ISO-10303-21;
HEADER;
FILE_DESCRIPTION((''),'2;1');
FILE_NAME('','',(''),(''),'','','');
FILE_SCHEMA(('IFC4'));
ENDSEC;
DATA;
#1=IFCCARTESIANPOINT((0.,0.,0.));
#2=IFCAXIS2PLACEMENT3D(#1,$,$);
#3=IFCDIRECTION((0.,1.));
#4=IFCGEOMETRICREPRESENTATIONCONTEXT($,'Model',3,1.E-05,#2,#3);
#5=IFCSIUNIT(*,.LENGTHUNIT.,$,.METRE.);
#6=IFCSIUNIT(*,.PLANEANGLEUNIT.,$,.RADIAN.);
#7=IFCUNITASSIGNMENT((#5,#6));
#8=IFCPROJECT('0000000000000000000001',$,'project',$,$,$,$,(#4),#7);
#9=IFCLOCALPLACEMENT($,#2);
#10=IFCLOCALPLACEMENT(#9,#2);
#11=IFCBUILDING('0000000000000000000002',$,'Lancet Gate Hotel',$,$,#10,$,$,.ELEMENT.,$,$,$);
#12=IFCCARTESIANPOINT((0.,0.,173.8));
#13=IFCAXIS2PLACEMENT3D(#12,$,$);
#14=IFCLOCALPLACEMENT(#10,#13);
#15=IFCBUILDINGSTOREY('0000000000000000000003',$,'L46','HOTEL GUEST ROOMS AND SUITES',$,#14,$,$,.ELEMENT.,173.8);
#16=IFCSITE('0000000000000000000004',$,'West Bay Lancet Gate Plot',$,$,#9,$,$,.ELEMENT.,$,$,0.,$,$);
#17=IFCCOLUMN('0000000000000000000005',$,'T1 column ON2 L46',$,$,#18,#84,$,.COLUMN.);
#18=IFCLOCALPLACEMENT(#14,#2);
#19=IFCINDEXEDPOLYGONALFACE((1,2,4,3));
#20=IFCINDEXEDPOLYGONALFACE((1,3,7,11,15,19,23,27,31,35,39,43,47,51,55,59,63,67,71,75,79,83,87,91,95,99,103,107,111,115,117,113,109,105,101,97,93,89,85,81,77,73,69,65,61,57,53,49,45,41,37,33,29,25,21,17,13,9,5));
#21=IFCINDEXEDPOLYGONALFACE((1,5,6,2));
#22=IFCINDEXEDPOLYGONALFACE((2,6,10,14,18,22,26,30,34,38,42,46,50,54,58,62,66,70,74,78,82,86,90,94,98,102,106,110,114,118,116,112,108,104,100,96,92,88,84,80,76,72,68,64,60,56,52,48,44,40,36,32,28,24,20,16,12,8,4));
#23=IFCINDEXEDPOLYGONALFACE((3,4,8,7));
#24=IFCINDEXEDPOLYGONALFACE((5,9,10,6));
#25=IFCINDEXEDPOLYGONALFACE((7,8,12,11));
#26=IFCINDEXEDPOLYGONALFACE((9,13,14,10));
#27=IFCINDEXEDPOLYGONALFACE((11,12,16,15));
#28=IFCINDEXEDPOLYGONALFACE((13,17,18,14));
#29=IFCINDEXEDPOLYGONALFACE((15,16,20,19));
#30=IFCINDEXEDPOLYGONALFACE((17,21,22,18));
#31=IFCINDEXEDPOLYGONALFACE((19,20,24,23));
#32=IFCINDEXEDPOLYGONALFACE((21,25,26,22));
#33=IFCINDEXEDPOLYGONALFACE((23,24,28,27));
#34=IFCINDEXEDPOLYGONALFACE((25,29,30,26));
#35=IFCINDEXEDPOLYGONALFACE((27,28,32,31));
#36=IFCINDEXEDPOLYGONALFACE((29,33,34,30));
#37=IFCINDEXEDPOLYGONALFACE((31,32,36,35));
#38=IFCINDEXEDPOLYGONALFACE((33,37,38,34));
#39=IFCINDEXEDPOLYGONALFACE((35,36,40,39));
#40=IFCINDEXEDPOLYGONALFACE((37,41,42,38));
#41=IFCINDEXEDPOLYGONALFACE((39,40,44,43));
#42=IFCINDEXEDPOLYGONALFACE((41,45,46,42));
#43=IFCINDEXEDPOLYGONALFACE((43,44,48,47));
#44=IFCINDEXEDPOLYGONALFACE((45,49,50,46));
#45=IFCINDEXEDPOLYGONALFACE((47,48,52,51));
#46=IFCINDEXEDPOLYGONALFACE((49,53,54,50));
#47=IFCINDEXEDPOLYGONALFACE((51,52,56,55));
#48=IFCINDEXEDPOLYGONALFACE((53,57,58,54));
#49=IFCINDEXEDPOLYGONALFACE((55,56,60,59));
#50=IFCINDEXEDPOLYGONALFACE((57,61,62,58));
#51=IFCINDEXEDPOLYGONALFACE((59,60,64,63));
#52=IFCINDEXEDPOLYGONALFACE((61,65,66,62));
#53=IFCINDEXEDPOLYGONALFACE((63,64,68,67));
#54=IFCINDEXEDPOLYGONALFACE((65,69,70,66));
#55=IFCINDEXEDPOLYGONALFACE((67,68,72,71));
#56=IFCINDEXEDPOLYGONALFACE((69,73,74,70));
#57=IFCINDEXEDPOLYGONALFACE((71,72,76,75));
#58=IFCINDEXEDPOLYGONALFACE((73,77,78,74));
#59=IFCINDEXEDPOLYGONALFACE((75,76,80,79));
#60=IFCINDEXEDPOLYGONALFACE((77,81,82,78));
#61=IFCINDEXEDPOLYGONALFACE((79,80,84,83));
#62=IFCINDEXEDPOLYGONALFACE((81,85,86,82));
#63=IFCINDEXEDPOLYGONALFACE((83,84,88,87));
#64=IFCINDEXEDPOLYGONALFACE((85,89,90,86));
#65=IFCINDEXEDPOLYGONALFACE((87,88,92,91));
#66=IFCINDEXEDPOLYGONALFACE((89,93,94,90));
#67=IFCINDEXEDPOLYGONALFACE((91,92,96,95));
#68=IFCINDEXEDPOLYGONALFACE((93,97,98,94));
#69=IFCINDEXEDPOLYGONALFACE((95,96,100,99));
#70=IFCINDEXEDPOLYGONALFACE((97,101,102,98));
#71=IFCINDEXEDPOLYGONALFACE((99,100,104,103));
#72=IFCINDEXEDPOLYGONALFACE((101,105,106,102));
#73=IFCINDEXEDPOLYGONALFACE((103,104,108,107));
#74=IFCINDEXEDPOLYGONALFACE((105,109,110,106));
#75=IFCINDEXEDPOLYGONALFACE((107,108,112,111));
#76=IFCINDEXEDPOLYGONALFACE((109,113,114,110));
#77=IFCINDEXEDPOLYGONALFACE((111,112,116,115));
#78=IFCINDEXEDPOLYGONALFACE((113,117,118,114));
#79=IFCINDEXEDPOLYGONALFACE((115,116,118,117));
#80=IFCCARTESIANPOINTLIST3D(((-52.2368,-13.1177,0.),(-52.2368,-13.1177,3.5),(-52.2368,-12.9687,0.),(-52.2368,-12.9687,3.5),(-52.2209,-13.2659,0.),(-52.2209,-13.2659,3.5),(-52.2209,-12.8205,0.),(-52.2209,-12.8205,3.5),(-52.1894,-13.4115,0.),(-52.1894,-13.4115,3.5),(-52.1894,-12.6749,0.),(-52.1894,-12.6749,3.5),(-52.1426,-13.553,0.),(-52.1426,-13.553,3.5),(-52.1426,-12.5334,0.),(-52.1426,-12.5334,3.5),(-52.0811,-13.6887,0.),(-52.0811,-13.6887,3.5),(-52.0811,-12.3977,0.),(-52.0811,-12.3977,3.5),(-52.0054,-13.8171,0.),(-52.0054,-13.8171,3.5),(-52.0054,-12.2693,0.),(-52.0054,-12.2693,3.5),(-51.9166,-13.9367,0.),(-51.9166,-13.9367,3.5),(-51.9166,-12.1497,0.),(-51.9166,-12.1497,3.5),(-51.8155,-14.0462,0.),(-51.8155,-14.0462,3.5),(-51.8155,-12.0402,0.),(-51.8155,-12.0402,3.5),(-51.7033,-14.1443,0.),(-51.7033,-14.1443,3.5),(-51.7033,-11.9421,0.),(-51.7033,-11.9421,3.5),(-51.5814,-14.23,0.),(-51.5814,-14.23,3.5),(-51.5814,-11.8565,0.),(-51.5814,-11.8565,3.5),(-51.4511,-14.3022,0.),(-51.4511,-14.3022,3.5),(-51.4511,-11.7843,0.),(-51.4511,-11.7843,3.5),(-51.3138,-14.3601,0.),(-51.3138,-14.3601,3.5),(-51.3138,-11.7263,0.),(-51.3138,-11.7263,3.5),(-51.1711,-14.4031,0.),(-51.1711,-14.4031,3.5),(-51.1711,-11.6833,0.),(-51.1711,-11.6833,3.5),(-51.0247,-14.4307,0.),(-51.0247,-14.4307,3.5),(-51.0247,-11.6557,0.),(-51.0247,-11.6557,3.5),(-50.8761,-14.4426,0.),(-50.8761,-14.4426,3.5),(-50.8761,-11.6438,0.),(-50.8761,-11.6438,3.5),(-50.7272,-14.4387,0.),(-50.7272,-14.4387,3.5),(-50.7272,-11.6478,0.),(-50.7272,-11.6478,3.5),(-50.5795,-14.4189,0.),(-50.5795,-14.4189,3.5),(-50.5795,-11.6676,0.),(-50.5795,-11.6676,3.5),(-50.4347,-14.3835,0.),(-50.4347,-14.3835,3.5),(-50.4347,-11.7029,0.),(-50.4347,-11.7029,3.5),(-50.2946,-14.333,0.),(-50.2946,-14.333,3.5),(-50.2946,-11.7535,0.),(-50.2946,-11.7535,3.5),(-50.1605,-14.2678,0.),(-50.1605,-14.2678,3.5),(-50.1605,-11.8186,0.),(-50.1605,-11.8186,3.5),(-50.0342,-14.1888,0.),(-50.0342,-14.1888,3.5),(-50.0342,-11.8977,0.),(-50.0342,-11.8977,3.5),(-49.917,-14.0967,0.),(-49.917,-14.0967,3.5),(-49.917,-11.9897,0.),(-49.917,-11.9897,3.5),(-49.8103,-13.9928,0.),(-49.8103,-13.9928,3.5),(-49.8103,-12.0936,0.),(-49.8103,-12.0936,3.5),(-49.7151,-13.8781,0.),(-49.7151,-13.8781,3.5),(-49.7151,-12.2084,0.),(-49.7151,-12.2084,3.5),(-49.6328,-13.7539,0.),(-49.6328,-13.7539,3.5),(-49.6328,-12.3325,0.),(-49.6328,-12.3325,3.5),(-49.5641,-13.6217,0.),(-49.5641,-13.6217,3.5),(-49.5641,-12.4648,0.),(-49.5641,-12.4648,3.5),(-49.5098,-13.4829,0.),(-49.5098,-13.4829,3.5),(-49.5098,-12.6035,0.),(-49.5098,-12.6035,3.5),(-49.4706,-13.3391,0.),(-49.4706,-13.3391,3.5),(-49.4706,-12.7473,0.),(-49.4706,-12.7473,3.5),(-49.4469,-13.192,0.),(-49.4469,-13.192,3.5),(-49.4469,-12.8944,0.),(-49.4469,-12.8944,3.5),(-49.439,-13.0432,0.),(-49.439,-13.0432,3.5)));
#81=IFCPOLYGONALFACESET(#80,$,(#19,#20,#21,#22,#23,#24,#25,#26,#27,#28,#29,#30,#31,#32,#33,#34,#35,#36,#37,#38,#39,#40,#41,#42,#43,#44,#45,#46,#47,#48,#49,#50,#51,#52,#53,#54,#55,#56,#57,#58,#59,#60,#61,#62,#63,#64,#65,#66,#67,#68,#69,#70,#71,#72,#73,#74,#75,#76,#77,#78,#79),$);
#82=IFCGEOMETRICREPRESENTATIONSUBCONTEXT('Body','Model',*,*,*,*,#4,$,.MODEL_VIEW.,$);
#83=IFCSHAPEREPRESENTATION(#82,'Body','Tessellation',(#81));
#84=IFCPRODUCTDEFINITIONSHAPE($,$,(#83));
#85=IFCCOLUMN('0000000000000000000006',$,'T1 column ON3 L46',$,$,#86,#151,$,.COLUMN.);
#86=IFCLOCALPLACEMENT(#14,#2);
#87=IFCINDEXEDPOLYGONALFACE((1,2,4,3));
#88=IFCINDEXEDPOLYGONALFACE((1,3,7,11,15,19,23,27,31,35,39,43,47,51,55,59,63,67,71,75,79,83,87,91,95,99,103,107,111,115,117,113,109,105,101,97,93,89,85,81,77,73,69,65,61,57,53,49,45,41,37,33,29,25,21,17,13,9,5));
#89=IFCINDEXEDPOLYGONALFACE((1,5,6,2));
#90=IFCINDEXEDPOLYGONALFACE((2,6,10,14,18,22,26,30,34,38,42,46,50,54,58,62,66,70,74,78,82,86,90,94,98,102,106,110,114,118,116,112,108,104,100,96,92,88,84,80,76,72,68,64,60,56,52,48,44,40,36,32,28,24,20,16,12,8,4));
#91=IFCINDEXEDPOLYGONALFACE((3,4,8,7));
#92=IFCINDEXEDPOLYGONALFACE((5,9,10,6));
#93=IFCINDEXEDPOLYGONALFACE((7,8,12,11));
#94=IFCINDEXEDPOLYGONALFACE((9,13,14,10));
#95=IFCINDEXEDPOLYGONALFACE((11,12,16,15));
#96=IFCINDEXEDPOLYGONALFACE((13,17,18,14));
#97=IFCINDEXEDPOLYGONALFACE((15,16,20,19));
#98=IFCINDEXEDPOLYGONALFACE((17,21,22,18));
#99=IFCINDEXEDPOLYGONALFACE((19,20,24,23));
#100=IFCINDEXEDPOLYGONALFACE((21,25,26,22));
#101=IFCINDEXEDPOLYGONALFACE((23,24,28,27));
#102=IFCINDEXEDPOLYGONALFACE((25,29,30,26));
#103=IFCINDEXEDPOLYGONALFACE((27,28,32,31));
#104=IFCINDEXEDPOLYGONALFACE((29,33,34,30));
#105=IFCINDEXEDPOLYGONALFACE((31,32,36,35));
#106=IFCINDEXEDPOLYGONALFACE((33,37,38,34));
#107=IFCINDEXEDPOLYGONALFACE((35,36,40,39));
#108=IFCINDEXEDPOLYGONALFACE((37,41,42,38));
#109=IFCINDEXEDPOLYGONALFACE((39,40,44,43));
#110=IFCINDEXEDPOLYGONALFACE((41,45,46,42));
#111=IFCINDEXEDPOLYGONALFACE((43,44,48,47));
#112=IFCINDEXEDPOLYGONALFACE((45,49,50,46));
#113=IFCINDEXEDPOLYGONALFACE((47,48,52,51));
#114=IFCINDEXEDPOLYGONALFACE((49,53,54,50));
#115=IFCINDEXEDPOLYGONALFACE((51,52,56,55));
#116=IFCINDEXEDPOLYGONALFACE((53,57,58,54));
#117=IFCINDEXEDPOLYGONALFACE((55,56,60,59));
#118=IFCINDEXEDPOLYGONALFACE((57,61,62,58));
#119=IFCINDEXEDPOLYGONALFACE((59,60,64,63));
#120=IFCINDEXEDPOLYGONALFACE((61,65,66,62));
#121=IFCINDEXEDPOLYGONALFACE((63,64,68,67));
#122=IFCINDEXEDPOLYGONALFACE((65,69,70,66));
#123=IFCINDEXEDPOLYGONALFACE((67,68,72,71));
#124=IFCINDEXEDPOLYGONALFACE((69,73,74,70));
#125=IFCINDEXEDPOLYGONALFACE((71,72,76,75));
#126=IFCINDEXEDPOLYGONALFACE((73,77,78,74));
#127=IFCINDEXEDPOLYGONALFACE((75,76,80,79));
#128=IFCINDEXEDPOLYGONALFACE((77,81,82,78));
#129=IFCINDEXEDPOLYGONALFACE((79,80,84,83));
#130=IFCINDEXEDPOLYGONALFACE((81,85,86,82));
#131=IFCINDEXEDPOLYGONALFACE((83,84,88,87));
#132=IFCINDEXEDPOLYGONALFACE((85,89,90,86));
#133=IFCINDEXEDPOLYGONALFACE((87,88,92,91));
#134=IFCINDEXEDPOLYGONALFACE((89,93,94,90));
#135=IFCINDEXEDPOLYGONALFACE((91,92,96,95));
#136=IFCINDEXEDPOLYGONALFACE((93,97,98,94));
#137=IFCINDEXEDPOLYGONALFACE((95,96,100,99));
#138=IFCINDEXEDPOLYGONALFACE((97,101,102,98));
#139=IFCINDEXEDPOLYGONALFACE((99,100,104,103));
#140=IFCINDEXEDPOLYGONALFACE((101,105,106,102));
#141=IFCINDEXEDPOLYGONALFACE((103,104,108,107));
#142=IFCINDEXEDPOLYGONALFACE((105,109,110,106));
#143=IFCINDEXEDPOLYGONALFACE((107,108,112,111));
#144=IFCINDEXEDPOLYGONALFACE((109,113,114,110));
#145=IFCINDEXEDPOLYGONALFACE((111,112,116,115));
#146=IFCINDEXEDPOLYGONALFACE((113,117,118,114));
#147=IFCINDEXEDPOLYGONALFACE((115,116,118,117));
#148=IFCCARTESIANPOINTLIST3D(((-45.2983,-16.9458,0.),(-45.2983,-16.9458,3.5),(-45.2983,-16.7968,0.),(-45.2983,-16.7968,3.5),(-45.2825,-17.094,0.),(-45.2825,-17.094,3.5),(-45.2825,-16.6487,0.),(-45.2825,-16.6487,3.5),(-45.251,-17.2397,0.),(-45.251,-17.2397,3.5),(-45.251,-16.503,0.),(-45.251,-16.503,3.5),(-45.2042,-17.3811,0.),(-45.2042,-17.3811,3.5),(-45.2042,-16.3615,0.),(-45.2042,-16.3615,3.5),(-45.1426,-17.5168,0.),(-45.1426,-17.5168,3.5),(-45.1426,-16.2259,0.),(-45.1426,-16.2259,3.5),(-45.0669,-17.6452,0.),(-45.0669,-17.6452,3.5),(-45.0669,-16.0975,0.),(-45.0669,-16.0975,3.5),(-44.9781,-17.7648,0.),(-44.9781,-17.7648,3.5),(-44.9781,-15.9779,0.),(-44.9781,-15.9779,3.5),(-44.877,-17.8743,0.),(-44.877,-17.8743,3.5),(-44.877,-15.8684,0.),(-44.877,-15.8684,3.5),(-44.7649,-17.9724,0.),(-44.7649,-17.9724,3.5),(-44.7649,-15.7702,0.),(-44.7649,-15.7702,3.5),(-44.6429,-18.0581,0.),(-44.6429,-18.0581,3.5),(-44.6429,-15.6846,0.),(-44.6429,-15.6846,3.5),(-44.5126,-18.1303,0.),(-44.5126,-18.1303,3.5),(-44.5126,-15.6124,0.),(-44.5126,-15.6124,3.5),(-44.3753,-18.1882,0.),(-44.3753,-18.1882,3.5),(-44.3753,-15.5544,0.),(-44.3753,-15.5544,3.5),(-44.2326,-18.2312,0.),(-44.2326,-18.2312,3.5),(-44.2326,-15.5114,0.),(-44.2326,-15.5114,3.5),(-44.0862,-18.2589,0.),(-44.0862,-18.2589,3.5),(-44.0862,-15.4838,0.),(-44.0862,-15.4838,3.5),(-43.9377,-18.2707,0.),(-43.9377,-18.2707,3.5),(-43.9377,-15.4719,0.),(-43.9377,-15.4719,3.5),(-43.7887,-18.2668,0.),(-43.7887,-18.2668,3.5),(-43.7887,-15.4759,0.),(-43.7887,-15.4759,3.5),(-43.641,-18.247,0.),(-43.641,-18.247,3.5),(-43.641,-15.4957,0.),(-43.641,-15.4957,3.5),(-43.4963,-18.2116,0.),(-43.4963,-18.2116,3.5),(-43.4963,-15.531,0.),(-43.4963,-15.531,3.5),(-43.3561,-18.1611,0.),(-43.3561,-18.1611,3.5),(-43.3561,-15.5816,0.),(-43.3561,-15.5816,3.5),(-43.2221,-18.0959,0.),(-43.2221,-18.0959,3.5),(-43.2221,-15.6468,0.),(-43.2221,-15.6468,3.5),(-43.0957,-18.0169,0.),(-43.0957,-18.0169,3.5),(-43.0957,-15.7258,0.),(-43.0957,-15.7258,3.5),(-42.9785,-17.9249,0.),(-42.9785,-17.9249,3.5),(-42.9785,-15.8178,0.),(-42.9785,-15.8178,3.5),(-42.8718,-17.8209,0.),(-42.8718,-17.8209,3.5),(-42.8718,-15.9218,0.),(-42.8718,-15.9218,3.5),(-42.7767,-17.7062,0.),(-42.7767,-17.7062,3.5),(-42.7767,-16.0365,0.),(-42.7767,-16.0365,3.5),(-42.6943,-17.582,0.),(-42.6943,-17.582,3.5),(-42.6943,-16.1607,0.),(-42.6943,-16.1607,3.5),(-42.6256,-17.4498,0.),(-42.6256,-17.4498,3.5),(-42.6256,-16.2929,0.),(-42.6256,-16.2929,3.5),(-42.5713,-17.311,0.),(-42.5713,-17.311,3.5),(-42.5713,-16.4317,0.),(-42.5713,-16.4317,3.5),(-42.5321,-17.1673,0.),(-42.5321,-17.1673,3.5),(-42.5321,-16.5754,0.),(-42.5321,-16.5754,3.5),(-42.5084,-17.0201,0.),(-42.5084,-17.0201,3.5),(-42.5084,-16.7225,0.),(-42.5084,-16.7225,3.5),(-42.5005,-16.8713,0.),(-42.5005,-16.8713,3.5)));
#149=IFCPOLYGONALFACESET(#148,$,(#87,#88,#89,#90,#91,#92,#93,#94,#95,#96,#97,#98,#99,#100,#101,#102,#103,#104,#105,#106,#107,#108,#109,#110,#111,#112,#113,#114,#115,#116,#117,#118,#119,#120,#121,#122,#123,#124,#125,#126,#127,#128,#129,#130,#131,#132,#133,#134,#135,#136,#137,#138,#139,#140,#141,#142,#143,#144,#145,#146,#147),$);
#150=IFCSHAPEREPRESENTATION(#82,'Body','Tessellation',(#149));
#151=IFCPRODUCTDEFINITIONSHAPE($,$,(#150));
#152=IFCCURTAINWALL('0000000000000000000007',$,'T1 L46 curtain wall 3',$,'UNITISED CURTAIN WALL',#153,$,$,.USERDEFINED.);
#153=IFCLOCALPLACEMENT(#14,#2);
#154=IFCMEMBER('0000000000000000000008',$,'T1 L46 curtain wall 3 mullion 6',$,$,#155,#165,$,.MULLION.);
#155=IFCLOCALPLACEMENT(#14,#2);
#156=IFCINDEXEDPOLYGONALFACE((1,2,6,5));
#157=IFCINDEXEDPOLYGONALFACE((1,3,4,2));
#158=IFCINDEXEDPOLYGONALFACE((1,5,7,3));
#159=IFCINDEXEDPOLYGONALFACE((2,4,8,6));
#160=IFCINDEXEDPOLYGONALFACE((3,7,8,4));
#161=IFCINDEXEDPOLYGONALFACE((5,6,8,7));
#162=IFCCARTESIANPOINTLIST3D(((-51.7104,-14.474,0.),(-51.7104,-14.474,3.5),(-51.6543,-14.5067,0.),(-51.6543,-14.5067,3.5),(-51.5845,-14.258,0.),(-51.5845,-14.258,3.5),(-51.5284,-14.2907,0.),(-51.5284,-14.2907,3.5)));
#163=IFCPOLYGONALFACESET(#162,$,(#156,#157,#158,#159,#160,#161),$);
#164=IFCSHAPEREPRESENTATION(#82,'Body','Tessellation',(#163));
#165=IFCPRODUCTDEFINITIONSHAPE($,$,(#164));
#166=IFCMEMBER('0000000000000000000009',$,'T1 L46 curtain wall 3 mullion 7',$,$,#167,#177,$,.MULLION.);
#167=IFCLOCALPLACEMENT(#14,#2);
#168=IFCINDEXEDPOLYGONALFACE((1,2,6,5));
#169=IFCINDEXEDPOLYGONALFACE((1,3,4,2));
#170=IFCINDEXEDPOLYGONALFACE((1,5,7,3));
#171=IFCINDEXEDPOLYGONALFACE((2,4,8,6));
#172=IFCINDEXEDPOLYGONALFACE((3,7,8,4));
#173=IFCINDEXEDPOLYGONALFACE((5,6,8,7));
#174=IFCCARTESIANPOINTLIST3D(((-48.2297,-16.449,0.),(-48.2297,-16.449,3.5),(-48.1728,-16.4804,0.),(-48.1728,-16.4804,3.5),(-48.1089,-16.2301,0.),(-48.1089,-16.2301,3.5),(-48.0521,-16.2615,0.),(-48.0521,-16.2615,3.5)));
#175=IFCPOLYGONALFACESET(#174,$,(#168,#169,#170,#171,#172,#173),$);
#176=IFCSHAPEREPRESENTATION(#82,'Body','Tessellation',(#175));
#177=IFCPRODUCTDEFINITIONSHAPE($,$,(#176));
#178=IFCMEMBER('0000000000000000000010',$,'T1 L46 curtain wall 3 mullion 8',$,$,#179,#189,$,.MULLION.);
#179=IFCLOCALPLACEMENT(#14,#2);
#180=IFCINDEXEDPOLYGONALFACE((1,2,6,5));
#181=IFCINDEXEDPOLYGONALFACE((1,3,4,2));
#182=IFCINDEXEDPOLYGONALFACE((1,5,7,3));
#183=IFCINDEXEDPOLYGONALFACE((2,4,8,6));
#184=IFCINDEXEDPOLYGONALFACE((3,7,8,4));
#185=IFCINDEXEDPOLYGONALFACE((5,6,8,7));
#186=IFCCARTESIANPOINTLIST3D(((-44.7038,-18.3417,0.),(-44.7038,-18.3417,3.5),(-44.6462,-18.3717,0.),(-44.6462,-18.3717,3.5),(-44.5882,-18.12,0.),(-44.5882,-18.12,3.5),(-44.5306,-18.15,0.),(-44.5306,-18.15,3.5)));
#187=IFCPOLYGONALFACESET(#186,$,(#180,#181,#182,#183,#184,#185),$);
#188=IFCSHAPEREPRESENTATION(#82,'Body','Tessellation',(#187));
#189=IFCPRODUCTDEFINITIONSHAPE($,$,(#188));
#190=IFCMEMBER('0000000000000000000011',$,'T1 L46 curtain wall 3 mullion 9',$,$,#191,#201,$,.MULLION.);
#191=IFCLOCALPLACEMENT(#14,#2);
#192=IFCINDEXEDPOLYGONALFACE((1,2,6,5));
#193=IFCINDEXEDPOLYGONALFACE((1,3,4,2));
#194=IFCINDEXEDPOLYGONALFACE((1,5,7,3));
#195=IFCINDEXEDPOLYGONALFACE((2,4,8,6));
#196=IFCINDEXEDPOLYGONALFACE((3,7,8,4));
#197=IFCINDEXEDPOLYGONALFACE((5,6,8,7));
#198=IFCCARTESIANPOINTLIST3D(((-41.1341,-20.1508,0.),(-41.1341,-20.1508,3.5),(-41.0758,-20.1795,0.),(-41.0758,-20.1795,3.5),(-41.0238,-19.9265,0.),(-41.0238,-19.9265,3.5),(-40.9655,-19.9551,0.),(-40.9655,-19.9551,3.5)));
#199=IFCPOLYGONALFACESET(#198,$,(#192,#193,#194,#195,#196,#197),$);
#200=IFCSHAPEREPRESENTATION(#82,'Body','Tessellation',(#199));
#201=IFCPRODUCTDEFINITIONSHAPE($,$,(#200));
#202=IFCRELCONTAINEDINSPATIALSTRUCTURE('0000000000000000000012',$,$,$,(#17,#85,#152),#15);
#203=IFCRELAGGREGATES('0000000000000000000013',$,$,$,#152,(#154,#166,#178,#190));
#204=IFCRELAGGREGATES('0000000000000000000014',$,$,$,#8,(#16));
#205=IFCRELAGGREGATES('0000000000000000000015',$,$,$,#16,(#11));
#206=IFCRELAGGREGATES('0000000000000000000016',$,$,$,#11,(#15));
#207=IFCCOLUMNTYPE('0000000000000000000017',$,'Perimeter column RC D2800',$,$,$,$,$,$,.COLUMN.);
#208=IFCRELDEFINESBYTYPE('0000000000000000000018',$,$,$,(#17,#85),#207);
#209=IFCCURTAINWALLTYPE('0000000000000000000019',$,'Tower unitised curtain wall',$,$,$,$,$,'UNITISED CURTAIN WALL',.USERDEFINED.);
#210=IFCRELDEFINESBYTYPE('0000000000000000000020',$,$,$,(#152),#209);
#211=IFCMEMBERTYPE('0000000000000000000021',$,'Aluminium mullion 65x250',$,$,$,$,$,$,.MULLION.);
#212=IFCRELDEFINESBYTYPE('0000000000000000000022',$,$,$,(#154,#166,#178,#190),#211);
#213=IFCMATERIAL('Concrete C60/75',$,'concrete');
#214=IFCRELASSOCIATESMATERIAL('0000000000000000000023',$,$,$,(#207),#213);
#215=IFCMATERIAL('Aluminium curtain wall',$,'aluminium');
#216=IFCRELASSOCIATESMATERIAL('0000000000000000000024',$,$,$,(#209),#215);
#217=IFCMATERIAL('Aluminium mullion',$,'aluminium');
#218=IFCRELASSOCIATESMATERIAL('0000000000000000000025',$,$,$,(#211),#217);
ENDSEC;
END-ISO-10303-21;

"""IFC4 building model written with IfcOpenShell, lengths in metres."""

from ifc_helpers import new_model, si_unit, direction, frame, origin, origin_2d, place, context, subcontext, project, spatial, rectangle, circle, extrude, material, material_profile, profile_set, type_object, element, aggregate, save


model = new_model("IFC4")

# Units and contexts
model_context = context("Model", 3, precision=1e-05, world=origin(), true_north=direction((0.0, 1.0)))
body_context = subcontext(model_context, "Body", "Model", "MODEL_VIEW")
ifc_project = project(units=[si_unit("LENGTHUNIT", "METRE"), si_unit("PLANEANGLEUNIT", "RADIAN")], contexts=[model_context])

# Site, building, storey
site_placement = place(None, origin())
site = spatial("IfcSite", under=ifc_project, at=site_placement, Name="West Bay Lancet Gate Plot", CompositionType="ELEMENT", RefElevation=0.0)
building_placement = place(site_placement, origin())
building = spatial("IfcBuilding", under=site, at=building_placement, Name="Lancet Gate Hotel", CompositionType="ELEMENT")
storey_placement = place(building_placement, frame((0.0, 0.0, 173.8)))
storey = spatial("IfcBuildingStorey", under=building, at=storey_placement, Name="L46", Description="HOTEL GUEST ROOMS AND SUITES", CompositionType="ELEMENT", Elevation=173.8)

# Columns
ifc_material_1 = material(Name="Concrete C60/75", Category="concrete")
ifc_material_profile_1 = material_profile(ifc_material_1, circle(Radius=1.3999, at=origin_2d()), Name="RC D2800")
ifc_profile_set_1 = profile_set([ifc_material_profile_1], Name="Concrete C60/75")
column_type = type_object("IfcColumnType", Name="Perimeter column RC D2800", PredefinedType="COLUMN", material=ifc_profile_set_1)
for number, where, z_axis, x_axis, name in (
    (1, (-50.8389, -13.0432, 0.0), (0.0, 0.0, 1.0), (1.0, 0.0, 0.0), "T1 column ON2 L46"),
    (2, (-43.9004, -16.8713, 0.0), (0.0, 0.0, 1.0), (1.0, 0.0, 0.0), "T1 column ON3 L46"),
):
    element("IfcColumn", number, at=place(storey_placement, frame(where, z_axis=z_axis, x_axis=x_axis)), inside=storey, type_object=column_type, Name=name, PredefinedType="COLUMN", context=body_context, shape_type="SweptSolid", body=[
        extrude(circle(Radius=1.3999, at=origin_2d()), origin(), (0.0, 0.0, 1.0), 3.5),
    ])

# Curtain wall, members
ifc_material_2 = material(Name="Aluminium curtain wall", Category="aluminium")
curtain_wall_type = type_object("IfcCurtainWallType", Name="Tower unitised curtain wall", ElementType="UNITISED CURTAIN WALL", PredefinedType="USERDEFINED", material=ifc_material_2)
curtain_wall_placement = place(storey_placement, origin())
curtain_wall = element("IfcCurtainWall", 3, at=curtain_wall_placement, inside=storey, type_object=curtain_wall_type, Name="T1 L46 curtain wall 3", ObjectType="UNITISED CURTAIN WALL", PredefinedType="USERDEFINED")
ifc_material_3 = material(Name="Aluminium mullion", Category="aluminium")
ifc_material_profile_2 = material_profile(ifc_material_3, rectangle(XDim=0.0649, YDim=0.25, at=origin_2d()), Name="MULLION 65x250")
ifc_profile_set_2 = profile_set([ifc_material_profile_2], Name="Aluminium mullion")
member_type_1 = type_object("IfcMemberType", Name="Aluminium mullion 65x250", PredefinedType="MULLION", material=ifc_profile_set_2)
member_1_placement = place(storey_placement, frame((-51.6194, -14.3823, 0.0), z_axis=(0.0, 0.0, 1.0), x_axis=(0.863969, -0.503545, 0.0)))
member_1 = element("IfcMember", 4, at=member_1_placement, type_object=member_type_1, Name="T1 L46 curtain wall 3 mullion 6", PredefinedType="MULLION", context=body_context, shape_type="SweptSolid", body=[
    extrude(rectangle(XDim=0.0649, YDim=0.25, at=origin_2d()), origin(), (0.0, 0.0, 1.0), 3.5),
])
member_2_placement = place(storey_placement, frame((-48.1409, -16.3552, 0.0), z_axis=(0.0, 0.0, 1.0), x_axis=(0.875574, -0.483084, 0.0)))
member_2 = element("IfcMember", 5, at=member_2_placement, type_object=member_type_1, Name="T1 L46 curtain wall 3 mullion 7", PredefinedType="MULLION", context=body_context, shape_type="SweptSolid", body=[
    extrude(rectangle(XDim=0.0649, YDim=0.25, at=origin_2d()), origin(), (0.0, 0.0, 1.0), 3.5),
])
member_3_placement = place(storey_placement, frame((-44.6172, -18.2458, 0.0), z_axis=(0.0, 0.0, 1.0), x_axis=(0.886694, -0.462356, 0.0)))
member_3 = element("IfcMember", 6, at=member_3_placement, type_object=member_type_1, Name="T1 L46 curtain wall 3 mullion 8", PredefinedType="MULLION", context=body_context, shape_type="SweptSolid", body=[
    extrude(rectangle(XDim=0.0649, YDim=0.25, at=origin_2d()), origin(), (0.0, 0.0, 1.0), 3.5),
])
member_4_placement = place(storey_placement, frame((-41.0498, -20.053, 0.0), z_axis=(0.0, 0.0, 1.0), x_axis=(0.897324, -0.441372, 0.0)))
member_4 = element("IfcMember", 7, at=member_4_placement, type_object=member_type_1, Name="T1 L46 curtain wall 3 mullion 9", PredefinedType="MULLION", context=body_context, shape_type="SweptSolid", body=[
    extrude(rectangle(XDim=0.0649, YDim=0.25, at=origin_2d()), origin(), (0.0, 0.0, 1.0), 3.5),
])

aggregate(curtain_wall, [member_1, member_2, member_3, member_4])

save(model, "model.ifc")
